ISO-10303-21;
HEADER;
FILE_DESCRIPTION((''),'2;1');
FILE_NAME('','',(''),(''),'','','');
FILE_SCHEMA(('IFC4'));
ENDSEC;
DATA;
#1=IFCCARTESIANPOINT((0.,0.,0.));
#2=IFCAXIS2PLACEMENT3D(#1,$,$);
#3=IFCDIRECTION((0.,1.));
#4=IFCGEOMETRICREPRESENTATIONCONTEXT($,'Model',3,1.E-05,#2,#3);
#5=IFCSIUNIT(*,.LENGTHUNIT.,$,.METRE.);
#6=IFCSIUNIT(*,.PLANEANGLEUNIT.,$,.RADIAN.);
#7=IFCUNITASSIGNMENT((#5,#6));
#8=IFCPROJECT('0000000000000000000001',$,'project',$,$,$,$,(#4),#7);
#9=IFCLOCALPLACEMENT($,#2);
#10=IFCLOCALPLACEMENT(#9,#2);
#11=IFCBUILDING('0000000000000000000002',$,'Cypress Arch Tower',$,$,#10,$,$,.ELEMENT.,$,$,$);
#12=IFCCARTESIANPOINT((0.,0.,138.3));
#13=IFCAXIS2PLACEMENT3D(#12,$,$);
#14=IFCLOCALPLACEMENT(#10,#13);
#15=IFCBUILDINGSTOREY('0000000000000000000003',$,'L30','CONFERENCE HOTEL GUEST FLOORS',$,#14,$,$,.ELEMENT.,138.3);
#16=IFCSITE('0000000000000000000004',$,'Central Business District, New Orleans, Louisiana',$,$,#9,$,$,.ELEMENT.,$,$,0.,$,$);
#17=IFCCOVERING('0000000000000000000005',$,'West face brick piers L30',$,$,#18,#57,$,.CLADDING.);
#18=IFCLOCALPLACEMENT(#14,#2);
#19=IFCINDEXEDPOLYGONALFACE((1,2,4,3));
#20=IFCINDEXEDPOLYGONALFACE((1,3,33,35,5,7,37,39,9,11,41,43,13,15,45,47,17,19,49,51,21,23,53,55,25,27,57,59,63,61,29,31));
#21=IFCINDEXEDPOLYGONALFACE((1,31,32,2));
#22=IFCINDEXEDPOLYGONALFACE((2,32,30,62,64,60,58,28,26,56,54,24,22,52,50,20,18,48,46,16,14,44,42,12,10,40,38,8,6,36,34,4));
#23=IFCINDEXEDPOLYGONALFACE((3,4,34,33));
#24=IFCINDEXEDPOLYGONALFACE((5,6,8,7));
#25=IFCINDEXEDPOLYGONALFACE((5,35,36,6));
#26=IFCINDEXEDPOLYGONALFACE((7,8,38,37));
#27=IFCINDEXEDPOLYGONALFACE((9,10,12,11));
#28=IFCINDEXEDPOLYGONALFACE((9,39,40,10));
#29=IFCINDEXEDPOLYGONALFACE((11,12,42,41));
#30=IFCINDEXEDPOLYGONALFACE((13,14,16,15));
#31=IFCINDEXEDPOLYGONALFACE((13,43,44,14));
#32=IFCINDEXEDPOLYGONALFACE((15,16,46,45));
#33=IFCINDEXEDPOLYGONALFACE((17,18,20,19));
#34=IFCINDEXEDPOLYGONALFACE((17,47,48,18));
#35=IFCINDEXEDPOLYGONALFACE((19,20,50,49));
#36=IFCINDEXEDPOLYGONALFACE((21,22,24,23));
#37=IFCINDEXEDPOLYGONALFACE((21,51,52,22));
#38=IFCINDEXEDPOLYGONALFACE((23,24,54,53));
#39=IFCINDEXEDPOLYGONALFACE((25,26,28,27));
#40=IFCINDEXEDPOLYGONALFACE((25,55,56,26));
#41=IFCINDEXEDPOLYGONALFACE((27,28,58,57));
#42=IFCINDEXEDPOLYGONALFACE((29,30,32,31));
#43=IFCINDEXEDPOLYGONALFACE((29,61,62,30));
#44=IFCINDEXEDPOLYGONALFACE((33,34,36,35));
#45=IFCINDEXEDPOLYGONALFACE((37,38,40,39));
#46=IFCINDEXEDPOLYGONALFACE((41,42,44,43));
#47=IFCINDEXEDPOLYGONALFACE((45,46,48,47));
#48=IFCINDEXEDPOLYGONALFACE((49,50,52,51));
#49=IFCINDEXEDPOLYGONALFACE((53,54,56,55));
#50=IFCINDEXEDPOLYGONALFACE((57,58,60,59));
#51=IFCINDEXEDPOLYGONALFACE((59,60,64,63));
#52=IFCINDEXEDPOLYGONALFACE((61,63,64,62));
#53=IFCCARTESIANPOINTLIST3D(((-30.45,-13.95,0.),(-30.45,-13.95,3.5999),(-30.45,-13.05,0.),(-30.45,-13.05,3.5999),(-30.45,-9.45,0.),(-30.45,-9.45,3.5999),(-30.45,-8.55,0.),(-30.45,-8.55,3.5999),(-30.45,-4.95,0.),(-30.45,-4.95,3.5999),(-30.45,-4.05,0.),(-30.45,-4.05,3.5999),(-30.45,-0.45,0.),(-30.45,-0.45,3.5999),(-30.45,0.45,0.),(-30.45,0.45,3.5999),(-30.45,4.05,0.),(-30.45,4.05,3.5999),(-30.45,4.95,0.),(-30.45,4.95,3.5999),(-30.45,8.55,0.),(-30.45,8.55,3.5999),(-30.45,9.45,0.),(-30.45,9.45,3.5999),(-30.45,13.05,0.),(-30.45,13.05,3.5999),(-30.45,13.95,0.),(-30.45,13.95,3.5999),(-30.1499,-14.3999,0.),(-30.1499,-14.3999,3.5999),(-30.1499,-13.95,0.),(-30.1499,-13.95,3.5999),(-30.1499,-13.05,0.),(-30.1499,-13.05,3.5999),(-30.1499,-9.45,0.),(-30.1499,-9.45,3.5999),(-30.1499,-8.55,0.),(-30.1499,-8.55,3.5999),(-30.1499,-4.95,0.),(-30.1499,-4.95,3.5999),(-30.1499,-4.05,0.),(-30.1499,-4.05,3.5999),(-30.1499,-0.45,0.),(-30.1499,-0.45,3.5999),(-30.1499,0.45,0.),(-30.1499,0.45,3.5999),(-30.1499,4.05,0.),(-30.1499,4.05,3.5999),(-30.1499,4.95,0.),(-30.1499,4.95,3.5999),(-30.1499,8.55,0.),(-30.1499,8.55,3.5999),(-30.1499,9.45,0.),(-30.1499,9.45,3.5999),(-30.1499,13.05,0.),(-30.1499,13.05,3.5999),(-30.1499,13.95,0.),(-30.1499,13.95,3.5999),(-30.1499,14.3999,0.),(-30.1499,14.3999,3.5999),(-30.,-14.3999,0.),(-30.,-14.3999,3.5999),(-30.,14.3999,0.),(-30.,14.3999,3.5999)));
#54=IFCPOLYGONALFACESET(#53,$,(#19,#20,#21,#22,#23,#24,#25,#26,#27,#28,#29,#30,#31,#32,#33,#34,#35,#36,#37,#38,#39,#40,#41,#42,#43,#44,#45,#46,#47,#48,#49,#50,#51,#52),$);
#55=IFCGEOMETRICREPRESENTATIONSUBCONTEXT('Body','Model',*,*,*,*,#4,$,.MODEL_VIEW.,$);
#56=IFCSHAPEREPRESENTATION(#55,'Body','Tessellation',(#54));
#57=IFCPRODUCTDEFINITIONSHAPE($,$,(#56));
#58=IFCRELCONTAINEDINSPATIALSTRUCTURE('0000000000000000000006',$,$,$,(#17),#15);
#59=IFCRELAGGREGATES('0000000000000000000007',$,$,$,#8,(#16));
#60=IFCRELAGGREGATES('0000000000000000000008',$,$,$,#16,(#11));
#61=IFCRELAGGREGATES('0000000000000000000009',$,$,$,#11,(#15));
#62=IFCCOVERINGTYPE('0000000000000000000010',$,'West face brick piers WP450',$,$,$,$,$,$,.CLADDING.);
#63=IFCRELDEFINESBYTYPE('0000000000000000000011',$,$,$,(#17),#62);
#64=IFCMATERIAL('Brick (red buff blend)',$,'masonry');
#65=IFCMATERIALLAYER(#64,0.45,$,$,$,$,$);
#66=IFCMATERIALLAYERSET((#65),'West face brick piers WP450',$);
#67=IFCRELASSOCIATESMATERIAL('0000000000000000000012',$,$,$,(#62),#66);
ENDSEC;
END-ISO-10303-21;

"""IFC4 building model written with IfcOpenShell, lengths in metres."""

from ifc_helpers import new_model, si_unit, direction, frame, origin, place, context, subcontext, project, spatial, polyline, outline, extrude, material, layer, layer_set, type_object, element, save


model = new_model("IFC4")

# Units and contexts
model_context = context("Model", 3, precision=1e-05, world=origin(), true_north=direction((0.0, 1.0)))
body_context = subcontext(model_context, "Body", "Model", "MODEL_VIEW")
ifc_project = project(units=[si_unit("LENGTHUNIT", "METRE"), si_unit("PLANEANGLEUNIT", "RADIAN")], contexts=[model_context])

# Site, building, storey
site_placement = place(None, origin())
site = spatial("IfcSite", under=ifc_project, at=site_placement, Name="Central Business District, New Orleans, Louisiana", CompositionType="ELEMENT", RefElevation=0.0)
building_placement = place(site_placement, origin())
building = spatial("IfcBuilding", under=site, at=building_placement, Name="Cypress Arch Tower", CompositionType="ELEMENT")
storey_placement = place(building_placement, frame((0.0, 0.0, 138.3)))
storey = spatial("IfcBuildingStorey", under=building, at=storey_placement, Name="L30", Description="CONFERENCE HOTEL GUEST FLOORS", CompositionType="ELEMENT", Elevation=138.3)

# Covering
ifc_material_1 = material(Name="Brick (red buff blend)", Category="masonry")
ifc_layer_1 = layer(ifc_material_1, 0.45)
ifc_layer_set_1 = layer_set([ifc_layer_1], Name="West face brick piers WP450")
covering_type_1 = type_object("IfcCoveringType", Name="West face brick piers WP450", PredefinedType="CLADDING", material=ifc_layer_set_1)
covering_1_placement = place(storey_placement, origin())
element("IfcCovering", 1, at=covering_1_placement, inside=storey, type_object=covering_type_1, Name="West face brick piers L30", PredefinedType="CLADDING", context=body_context, shape_type="SweptSolid", body=[
    extrude(outline(polyline([(-30.1499, -13.05), (-30.1499, -9.45), (-30.45, -9.45), (-30.45, -8.55), (-30.1499, -8.55), (-30.1499, -4.95), (-30.45, -4.95), (-30.45, -4.05), (-30.1499, -4.05), (-30.1499, -0.45), (-30.45, -0.45), (-30.45, 0.45), (-30.1499, 0.45), (-30.1499, 4.05), (-30.45, 4.05), (-30.45, 4.95), (-30.1499, 4.95), (-30.1499, 8.55), (-30.45, 8.55), (-30.45, 9.45), (-30.1499, 9.45), (-30.1499, 13.05), (-30.45, 13.05), (-30.45, 13.95), (-30.1499, 13.95), (-30.1499, 14.3999), (-30.0, 14.3999), (-30.0, -14.3999), (-30.1499, -14.3999), (-30.1499, -13.95), (-30.45, -13.95), (-30.45, -13.05), (-30.1499, -13.05)])), origin(), (0.0, 0.0, 1.0), 3.5999),
])

save(model, "model.ifc")
